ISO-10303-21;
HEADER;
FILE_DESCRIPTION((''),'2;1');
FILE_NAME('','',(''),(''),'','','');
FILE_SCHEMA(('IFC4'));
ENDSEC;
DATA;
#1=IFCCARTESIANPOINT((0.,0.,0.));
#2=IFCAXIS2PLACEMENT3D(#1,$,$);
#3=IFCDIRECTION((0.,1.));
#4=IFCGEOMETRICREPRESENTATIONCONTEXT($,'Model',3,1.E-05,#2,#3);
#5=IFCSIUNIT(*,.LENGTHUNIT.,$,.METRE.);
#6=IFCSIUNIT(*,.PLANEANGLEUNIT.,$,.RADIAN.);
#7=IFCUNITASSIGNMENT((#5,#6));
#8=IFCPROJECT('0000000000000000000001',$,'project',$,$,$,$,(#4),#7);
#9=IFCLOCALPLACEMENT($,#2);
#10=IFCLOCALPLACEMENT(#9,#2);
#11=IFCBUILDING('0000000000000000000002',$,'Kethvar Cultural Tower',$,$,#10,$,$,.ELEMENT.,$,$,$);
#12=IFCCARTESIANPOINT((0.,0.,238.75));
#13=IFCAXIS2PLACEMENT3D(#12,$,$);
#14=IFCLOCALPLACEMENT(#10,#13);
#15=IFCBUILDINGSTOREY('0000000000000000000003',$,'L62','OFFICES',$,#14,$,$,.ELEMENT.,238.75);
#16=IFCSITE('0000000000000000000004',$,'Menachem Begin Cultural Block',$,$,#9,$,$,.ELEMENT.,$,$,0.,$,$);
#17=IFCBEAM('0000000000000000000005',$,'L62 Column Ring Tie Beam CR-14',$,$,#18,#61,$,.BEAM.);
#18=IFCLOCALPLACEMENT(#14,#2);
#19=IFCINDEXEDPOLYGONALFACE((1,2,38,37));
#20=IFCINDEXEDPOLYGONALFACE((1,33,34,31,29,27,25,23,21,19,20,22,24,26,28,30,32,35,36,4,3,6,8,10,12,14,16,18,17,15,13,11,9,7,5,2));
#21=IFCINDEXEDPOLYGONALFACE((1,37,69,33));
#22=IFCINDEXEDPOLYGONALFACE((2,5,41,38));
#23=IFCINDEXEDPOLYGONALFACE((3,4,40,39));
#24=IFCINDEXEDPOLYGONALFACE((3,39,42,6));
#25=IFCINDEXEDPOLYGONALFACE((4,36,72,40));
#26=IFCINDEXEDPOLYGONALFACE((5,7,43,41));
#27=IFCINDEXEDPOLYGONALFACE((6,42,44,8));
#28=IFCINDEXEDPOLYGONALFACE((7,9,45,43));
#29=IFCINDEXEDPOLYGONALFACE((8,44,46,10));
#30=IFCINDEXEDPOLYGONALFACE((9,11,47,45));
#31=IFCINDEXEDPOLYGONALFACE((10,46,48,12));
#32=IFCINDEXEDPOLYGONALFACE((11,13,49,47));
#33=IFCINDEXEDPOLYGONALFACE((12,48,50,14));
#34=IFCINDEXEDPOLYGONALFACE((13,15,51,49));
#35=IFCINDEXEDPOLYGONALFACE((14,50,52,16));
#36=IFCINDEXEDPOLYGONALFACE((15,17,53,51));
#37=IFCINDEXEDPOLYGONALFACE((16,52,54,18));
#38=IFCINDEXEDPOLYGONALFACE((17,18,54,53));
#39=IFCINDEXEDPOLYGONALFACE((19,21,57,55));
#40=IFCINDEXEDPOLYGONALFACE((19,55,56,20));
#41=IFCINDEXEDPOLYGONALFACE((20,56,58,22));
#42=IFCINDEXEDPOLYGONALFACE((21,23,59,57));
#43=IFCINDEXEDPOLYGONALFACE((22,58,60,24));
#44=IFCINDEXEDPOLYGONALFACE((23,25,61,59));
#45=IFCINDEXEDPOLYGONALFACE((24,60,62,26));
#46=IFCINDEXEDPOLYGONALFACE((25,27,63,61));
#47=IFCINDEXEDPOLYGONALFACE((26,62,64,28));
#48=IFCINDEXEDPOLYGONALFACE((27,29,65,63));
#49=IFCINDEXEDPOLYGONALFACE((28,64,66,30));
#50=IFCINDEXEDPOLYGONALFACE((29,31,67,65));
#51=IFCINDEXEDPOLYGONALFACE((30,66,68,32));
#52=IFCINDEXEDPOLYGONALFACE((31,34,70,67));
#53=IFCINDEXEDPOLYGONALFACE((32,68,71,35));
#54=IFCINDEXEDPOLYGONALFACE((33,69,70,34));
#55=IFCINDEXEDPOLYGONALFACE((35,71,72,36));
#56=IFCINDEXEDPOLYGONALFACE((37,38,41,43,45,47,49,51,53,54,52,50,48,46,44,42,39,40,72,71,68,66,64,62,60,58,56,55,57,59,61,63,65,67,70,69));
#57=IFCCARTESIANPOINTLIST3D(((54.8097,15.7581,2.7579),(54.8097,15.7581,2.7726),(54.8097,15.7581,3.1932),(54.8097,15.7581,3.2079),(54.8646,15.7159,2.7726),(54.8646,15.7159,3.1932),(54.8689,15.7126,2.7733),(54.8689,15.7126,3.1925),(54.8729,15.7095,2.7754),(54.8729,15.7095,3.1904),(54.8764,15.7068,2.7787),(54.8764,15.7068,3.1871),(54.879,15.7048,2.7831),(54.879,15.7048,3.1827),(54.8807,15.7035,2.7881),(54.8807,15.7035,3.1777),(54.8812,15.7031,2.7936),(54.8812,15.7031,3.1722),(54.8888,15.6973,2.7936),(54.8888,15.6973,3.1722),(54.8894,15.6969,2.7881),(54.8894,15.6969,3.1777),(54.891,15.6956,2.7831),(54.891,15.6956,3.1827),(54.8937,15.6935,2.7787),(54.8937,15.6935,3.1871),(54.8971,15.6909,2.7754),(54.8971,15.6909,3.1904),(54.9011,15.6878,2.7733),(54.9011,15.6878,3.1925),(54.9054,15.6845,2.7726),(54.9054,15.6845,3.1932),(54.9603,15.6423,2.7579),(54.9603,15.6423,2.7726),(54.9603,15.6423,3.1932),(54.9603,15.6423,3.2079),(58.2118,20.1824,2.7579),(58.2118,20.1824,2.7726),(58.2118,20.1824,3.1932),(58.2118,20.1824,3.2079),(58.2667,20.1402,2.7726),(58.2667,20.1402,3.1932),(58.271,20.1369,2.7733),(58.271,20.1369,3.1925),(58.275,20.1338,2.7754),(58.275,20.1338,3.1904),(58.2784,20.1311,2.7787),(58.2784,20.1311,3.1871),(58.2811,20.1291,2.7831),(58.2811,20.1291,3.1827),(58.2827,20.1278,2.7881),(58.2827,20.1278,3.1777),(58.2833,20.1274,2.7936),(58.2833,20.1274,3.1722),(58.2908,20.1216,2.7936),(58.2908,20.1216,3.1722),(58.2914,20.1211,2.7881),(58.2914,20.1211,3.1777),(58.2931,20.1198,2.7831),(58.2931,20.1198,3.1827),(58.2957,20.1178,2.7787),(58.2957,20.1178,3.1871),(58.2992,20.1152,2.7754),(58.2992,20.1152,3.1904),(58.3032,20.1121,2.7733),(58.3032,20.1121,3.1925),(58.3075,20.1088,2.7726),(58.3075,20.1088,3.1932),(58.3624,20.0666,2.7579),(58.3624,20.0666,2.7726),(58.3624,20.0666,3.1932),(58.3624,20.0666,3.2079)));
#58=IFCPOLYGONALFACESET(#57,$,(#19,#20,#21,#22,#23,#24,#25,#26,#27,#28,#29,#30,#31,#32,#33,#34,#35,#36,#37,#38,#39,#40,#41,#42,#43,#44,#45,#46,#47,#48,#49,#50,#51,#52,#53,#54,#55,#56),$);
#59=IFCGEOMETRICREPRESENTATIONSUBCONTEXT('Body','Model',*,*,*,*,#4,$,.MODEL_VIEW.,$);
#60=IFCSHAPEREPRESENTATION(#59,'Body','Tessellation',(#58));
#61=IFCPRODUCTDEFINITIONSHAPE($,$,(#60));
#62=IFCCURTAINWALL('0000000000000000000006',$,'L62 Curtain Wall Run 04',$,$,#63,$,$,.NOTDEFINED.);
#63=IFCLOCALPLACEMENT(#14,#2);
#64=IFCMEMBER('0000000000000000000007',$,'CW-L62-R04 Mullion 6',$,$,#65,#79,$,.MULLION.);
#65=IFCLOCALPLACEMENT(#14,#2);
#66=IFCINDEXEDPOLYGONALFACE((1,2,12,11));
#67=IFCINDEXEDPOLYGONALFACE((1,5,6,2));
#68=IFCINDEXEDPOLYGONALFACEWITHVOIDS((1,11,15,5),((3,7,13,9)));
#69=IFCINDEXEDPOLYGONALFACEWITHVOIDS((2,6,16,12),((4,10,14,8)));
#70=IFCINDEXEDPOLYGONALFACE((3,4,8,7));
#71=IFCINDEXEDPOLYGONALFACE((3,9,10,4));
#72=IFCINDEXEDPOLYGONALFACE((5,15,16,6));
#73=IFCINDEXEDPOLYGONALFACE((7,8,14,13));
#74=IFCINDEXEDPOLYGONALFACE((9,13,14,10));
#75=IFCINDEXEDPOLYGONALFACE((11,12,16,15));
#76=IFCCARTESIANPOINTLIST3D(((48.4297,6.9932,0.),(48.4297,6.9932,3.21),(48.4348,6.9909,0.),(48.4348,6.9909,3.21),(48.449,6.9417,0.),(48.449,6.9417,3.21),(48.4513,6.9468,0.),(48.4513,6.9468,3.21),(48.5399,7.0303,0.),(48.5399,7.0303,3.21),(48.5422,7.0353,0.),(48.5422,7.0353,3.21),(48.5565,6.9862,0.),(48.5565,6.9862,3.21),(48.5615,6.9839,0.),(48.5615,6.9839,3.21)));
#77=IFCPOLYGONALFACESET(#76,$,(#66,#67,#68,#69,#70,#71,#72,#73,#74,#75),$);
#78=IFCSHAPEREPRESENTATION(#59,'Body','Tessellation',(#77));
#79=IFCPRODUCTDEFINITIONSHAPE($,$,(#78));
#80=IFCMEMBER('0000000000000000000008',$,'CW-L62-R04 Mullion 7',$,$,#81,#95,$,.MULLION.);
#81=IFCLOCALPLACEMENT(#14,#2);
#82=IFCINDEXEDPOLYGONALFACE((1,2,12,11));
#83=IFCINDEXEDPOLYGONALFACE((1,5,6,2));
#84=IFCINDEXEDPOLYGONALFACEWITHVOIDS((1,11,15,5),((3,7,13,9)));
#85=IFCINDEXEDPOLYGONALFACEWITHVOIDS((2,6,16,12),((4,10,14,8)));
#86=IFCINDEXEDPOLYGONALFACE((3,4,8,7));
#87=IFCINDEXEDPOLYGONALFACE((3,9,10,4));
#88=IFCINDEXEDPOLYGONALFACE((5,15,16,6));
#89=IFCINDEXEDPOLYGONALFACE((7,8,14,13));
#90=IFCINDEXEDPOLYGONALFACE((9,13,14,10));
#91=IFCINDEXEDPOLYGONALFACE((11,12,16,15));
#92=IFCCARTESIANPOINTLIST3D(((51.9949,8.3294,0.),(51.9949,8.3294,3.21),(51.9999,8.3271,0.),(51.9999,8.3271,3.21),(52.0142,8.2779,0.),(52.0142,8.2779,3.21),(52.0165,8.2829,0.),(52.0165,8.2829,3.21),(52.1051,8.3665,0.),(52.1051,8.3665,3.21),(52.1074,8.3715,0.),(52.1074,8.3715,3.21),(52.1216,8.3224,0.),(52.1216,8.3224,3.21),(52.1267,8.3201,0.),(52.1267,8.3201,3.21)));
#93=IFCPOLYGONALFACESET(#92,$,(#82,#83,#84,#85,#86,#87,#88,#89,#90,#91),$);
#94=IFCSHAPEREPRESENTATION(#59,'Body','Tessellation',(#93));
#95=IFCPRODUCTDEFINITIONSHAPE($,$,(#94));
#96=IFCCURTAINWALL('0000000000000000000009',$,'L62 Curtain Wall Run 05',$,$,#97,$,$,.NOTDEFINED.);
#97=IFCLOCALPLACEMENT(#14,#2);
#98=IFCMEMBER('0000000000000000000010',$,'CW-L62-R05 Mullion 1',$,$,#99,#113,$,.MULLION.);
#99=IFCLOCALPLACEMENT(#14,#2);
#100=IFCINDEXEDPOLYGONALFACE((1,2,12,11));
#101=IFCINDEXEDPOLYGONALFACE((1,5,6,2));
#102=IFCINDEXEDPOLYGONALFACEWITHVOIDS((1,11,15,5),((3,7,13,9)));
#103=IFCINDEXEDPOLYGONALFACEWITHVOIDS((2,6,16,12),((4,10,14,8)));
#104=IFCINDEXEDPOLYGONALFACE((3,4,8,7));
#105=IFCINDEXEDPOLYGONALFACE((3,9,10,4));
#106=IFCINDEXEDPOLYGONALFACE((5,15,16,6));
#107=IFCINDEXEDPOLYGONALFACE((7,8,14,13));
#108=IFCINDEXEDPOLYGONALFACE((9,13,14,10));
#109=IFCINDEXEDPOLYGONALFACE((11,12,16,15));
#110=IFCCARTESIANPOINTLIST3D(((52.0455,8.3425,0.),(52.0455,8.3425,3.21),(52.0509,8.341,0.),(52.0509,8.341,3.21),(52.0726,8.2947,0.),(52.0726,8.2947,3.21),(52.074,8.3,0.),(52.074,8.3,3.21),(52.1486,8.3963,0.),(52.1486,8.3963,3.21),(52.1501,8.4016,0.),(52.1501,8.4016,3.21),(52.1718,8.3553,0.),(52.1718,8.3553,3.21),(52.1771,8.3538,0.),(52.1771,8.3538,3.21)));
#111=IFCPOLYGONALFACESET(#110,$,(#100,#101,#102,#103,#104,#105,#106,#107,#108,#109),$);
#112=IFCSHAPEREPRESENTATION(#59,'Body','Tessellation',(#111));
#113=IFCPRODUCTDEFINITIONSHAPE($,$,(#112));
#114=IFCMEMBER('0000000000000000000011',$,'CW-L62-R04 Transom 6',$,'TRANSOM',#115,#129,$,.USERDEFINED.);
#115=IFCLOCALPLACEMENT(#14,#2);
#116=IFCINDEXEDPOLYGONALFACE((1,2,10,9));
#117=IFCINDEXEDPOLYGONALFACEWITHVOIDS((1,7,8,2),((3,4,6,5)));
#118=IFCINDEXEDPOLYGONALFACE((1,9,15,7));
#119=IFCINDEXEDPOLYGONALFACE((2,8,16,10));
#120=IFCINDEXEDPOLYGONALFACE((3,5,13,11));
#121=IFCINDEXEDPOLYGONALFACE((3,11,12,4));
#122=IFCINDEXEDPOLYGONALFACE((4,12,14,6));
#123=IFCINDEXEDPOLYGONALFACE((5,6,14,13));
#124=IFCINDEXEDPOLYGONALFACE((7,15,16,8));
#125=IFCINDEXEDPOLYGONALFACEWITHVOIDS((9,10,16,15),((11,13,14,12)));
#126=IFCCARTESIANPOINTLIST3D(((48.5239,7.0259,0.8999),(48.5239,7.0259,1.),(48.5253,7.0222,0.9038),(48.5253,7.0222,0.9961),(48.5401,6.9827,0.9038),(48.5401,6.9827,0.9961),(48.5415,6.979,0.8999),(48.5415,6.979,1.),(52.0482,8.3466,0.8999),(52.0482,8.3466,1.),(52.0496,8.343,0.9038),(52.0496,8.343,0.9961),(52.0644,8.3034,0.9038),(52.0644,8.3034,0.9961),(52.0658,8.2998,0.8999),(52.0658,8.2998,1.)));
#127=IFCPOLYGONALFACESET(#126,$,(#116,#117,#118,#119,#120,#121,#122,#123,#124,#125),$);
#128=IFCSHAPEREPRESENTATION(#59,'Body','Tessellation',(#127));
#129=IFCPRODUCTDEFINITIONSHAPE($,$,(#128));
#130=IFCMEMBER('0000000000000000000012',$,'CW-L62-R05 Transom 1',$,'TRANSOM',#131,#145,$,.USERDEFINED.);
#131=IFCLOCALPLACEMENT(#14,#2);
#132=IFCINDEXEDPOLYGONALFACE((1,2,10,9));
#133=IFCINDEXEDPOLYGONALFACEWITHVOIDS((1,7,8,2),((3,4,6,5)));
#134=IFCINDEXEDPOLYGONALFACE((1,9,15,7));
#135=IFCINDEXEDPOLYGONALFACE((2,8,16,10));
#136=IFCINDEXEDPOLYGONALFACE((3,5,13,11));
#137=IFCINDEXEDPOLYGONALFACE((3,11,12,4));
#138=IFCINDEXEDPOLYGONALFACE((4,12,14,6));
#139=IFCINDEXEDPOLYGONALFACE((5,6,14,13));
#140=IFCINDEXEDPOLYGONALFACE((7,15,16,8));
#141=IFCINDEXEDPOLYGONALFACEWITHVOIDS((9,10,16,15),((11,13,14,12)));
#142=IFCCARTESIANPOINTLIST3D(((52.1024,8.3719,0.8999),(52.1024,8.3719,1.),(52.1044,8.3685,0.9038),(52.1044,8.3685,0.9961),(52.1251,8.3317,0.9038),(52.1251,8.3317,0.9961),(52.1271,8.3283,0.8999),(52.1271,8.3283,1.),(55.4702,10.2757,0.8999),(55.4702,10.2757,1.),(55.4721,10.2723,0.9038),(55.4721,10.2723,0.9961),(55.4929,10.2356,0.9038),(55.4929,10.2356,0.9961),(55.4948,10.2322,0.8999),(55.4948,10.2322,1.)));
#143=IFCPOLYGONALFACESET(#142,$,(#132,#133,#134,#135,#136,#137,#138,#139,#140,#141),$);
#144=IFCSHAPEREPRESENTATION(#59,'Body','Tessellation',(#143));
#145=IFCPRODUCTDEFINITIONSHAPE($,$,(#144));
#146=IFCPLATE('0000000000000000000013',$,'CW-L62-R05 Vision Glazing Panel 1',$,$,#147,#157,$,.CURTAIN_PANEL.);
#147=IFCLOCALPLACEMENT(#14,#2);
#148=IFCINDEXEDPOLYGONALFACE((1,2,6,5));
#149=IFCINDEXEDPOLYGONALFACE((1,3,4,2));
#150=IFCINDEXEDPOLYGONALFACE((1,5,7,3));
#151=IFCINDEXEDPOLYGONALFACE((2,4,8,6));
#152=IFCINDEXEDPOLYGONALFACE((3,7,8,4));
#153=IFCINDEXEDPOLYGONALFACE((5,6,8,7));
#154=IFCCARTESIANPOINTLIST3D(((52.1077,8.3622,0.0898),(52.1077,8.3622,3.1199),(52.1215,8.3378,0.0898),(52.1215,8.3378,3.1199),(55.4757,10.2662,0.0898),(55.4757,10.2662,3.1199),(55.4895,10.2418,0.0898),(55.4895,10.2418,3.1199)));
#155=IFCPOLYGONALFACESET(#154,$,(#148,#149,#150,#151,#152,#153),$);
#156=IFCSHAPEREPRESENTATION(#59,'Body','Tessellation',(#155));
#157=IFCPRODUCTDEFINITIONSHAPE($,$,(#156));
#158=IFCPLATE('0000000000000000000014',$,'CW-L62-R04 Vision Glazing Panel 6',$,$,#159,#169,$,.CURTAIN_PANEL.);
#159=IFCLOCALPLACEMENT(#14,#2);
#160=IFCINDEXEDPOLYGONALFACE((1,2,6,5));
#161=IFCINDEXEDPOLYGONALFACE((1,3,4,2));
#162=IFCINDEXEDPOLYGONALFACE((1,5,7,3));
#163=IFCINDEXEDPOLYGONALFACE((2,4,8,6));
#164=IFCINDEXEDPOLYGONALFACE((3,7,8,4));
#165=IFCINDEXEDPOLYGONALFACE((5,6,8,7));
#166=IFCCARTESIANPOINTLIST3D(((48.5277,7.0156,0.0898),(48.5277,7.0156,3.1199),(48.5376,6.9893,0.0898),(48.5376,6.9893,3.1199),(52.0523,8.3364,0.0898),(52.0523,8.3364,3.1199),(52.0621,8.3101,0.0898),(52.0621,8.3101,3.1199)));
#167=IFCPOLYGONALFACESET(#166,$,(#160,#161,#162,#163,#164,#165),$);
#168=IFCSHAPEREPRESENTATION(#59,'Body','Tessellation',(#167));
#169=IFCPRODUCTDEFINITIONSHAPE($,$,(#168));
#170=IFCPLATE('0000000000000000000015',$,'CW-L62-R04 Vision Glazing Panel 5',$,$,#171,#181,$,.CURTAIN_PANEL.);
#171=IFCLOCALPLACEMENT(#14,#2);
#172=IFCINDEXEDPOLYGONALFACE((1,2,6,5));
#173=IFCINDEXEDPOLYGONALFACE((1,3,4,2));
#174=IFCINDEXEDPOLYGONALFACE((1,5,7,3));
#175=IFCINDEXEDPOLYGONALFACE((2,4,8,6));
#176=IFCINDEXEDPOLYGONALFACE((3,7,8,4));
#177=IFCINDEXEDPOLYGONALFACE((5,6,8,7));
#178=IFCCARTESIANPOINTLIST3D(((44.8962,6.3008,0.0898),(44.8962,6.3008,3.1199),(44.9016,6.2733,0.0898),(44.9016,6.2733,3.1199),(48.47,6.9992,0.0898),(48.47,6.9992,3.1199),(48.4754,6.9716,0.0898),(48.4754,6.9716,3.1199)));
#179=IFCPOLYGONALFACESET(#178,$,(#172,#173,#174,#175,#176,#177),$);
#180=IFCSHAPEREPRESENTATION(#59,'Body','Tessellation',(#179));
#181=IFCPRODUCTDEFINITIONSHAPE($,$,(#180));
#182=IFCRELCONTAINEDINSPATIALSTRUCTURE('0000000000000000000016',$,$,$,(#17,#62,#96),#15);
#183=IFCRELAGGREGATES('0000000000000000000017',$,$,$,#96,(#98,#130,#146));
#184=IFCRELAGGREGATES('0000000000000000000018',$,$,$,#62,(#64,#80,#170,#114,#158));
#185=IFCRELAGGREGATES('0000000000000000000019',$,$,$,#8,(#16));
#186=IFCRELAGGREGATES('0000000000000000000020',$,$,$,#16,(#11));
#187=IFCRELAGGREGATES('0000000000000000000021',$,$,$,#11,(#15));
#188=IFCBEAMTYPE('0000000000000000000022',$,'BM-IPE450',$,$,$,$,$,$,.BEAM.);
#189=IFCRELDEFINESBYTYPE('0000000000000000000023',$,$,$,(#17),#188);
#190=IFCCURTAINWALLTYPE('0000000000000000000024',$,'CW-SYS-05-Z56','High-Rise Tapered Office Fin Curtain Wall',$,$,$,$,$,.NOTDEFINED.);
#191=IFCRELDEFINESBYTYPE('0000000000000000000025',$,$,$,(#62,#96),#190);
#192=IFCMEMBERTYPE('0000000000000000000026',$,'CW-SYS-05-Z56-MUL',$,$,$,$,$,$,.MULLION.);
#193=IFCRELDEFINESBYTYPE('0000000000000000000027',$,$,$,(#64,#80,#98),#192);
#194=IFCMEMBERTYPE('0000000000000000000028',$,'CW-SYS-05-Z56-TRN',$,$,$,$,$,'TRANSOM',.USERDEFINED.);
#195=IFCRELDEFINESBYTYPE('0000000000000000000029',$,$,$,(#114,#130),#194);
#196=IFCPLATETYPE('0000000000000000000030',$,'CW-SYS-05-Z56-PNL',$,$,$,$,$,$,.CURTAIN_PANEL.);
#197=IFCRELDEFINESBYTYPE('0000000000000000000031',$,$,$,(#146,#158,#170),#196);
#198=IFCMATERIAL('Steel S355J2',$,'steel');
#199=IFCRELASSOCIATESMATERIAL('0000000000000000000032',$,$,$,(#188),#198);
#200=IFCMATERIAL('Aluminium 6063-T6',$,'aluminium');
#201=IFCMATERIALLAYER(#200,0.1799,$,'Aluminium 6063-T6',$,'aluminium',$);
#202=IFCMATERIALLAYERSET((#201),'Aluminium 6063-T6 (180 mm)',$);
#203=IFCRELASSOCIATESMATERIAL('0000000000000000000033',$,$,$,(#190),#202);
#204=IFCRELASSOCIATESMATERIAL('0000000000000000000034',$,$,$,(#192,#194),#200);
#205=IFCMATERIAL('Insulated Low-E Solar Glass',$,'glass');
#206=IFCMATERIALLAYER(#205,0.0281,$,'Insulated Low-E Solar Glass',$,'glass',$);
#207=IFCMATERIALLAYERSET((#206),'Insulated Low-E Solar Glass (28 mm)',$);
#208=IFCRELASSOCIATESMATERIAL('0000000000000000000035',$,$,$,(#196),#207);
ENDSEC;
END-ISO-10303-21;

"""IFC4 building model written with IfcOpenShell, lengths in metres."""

from ifc_helpers import new_model, si_unit, direction, frame, origin, origin_2d, place, context, subcontext, project, spatial, rectangle, hollow_rectangle, i_section, extrude, source, transform, mapped, material, layer, layer_set, material_profile, profile_set, type_object, element, aggregate, save


model = new_model("IFC4")

# Units and contexts
model_context = context("Model", 3, precision=1e-05, world=origin(), true_north=direction((0.0, 1.0)))
body_context = subcontext(model_context, "Body", "Model", "MODEL_VIEW")
ifc_project = project(units=[si_unit("LENGTHUNIT", "METRE"), si_unit("PLANEANGLEUNIT", "RADIAN")], contexts=[model_context])

# Site, building, storey
site_placement = place(None, origin())
site = spatial("IfcSite", under=ifc_project, at=site_placement, Name="Menachem Begin Cultural Block", CompositionType="ELEMENT", RefElevation=0.0)
building_placement = place(site_placement, origin())
building = spatial("IfcBuilding", under=site, at=building_placement, Name="Kethvar Cultural Tower", CompositionType="ELEMENT")
storey_placement = place(building_placement, frame((0.0, 0.0, 238.75)))
storey = spatial("IfcBuildingStorey", under=building, at=storey_placement, Name="L62", Description="OFFICES", CompositionType="ELEMENT", Elevation=238.75)

# Beam
ifc_material_1 = material(Name="Steel S355J2", Category="steel")
ifc_material_profile_1 = material_profile(ifc_material_1, i_section(OverallWidth=0.1899, OverallDepth=0.45, WebThickness=0.0095, FlangeThickness=0.0146, FilletRadius=0.021, at=origin_2d()), Name="Steel S355J2 — IPE450")
ifc_profile_set_1 = profile_set([ifc_material_profile_1], Name="Steel S355J2 — IPE450")
beam_type_1 = type_object("IfcBeamType", Name="BM-IPE450", PredefinedType="BEAM", material=ifc_profile_set_1)
shared_shape_1 = source(origin(), body_context, "Body", "SweptSolid", [
    extrude(i_section(OverallWidth=0.1899, OverallDepth=0.45, WebThickness=0.0095, FlangeThickness=0.0146, FilletRadius=0.021, at=origin_2d()), origin(), (0.0, 0.0, 1.0), 5.5811),
])
beam_1_placement = place(storey_placement, frame((54.885, 15.7002, 2.9829), z_axis=(0.609573, 0.79273, 0.0), x_axis=(-0.79273, 0.609573, 0.0)))
element("IfcBeam", 1, at=beam_1_placement, inside=storey, type_object=beam_type_1, Name="L62 Column Ring Tie Beam CR-14", PredefinedType="BEAM", context=body_context, shape_type="MappedRepresentation", body=[
    mapped(shared_shape_1, transform((0.0, 0.0, 0.0), scale=1.0)),
])

# Curtain wall, members
ifc_material_2 = material(Name="Aluminium 6063-T6", Category="aluminium")
ifc_layer_1 = layer(ifc_material_2, 0.1799, Name="Aluminium 6063-T6", Category="aluminium")
ifc_layer_set_1 = layer_set([ifc_layer_1], Name="Aluminium 6063-T6 (180 mm)")
curtain_wall_type = type_object("IfcCurtainWallType", Name="CW-SYS-05-Z56", Description="High-Rise Tapered Office Fin Curtain Wall", PredefinedType="NOTDEFINED", material=ifc_layer_set_1)
curtain_wall_1_placement = place(storey_placement, origin())
curtain_wall_1 = element("IfcCurtainWall", 2, at=curtain_wall_1_placement, inside=storey, type_object=curtain_wall_type, Name="L62 Curtain Wall Run 04", PredefinedType="NOTDEFINED")
ifc_material_profile_2 = material_profile(ifc_material_2, hollow_rectangle(XDim=0.0549, YDim=0.1201, WallThickness=0.0039, at=origin_2d()), Name="Aluminium 6063-T6 — RHS120x55x4")
ifc_profile_set_2 = profile_set([ifc_material_profile_2], Name="Aluminium 6063-T6 — RHS120x55x4")
member_type_1 = type_object("IfcMemberType", Name="CW-SYS-05-Z56-MUL", PredefinedType="MULLION", material=ifc_profile_set_2)
shared_shape_2 = source(origin(), body_context, "Body", "SweptSolid", [
    extrude(hollow_rectangle(XDim=0.0549, YDim=0.1201, WallThickness=0.0039, at=origin_2d()), origin(), (0.0, 0.0, 1.0), 3.21),
])
member_1_placement = place(storey_placement, frame((48.4956, 6.9885, 0.0), z_axis=(0.0, 0.0, 1.0), x_axis=(-0.35091, 0.936409, 0.0)))
member_1 = element("IfcMember", 3, at=member_1_placement, type_object=member_type_1, Name="CW-L62-R04 Mullion 6", PredefinedType="MULLION", context=body_context, shape_type="MappedRepresentation", body=[
    mapped(shared_shape_2, transform((0.0, 0.0, 0.0), scale=1.0)),
])
member_2_placement = place(storey_placement, frame((52.0608, 8.3247, 0.0), z_axis=(0.0, 0.0, 1.0), x_axis=(-0.35091, 0.936409, 0.0)))
member_2 = element("IfcMember", 4, at=member_2_placement, type_object=member_type_1, Name="CW-L62-R04 Mullion 7", PredefinedType="MULLION", context=body_context, shape_type="MappedRepresentation", body=[
    mapped(shared_shape_2, transform((0.0, 0.0, 0.0), scale=1.0)),
])

# Curtain wall, member
curtain_wall_2_placement = place(storey_placement, origin())
curtain_wall_2 = element("IfcCurtainWall", 5, at=curtain_wall_2_placement, inside=storey, type_object=curtain_wall_type, Name="L62 Curtain Wall Run 05", PredefinedType="NOTDEFINED")
member_3_placement = place(storey_placement, frame((52.1113, 8.3481, 0.0), z_axis=(0.0, 0.0, 1.0), x_axis=(-0.49212, 0.870528, 0.0)))
member_3 = element("IfcMember", 6, at=member_3_placement, type_object=member_type_1, Name="CW-L62-R05 Mullion 1", PredefinedType="MULLION", context=body_context, shape_type="MappedRepresentation", body=[
    mapped(shared_shape_2, transform((0.0, 0.0, 0.0), scale=1.0)),
])

# Members
ifc_material_profile_3 = material_profile(ifc_material_2, hollow_rectangle(XDim=0.05, YDim=0.1001, WallThickness=0.0039, at=origin_2d()), Name="Aluminium 6063-T6 — RHS100x50x4")
ifc_profile_set_3 = profile_set([ifc_material_profile_3], Name="Aluminium 6063-T6 — RHS100x50x4")
member_type_2 = type_object("IfcMemberType", Name="CW-SYS-05-Z56-TRN", ElementType="TRANSOM", PredefinedType="USERDEFINED", material=ifc_profile_set_3)
shared_shape_3 = source(origin(), body_context, "Body", "SweptSolid", [
    extrude(hollow_rectangle(XDim=0.05, YDim=0.1001, WallThickness=0.0039, at=origin_2d()), origin(), (0.0, 0.0, 1.0), 3.7637),
])
member_4_placement = place(storey_placement, frame((48.5327, 7.0024, 0.95), z_axis=(0.936404, 0.350924, 0.0), x_axis=(-0.350924, 0.936404, 0.0)))
member_4 = element("IfcMember", 7, at=member_4_placement, type_object=member_type_2, Name="CW-L62-R04 Transom 6", ObjectType="TRANSOM", PredefinedType="USERDEFINED", context=body_context, shape_type="MappedRepresentation", body=[
    mapped(shared_shape_3, transform((0.0, 0.0, 0.0), scale=1.0)),
])
shared_shape_4 = source(origin(), body_context, "Body", "SweptSolid", [
    extrude(hollow_rectangle(XDim=0.05, YDim=0.1001, WallThickness=0.0039, at=origin_2d()), origin(), (0.0, 0.0, 1.0), 3.8687),
])
member_5_placement = place(storey_placement, frame((52.1147, 8.3501, 0.95), z_axis=(0.870525, 0.492124, 0.0), x_axis=(-0.492124, 0.870525, 0.0)))
member_5 = element("IfcMember", 8, at=member_5_placement, type_object=member_type_2, Name="CW-L62-R05 Transom 1", ObjectType="TRANSOM", PredefinedType="USERDEFINED", context=body_context, shape_type="MappedRepresentation", body=[
    mapped(shared_shape_4, transform((0.0, 0.0, 0.0), scale=1.0)),
])

# Plates
ifc_material_3 = material(Name="Insulated Low-E Solar Glass", Category="glass")
ifc_layer_2 = layer(ifc_material_3, 0.0281, Name="Insulated Low-E Solar Glass", Category="glass")
ifc_layer_set_2 = layer_set([ifc_layer_2], Name="Insulated Low-E Solar Glass (28 mm)")
plate_type = type_object("IfcPlateType", Name="CW-SYS-05-Z56-PNL", PredefinedType="CURTAIN_PANEL", material=ifc_layer_set_2)
shared_shape_5 = source(origin(), body_context, "Body", "SweptSolid", [
    extrude(rectangle(XDim=3.8689, YDim=0.0281, at=origin_2d()), origin(), (0.0, 0.0, 1.0), 3.03),
])
plate_1_placement = place(storey_placement, frame((53.7986, 9.302, 0.0898), z_axis=(0.0, 0.0, 1.0), x_axis=(0.870528, 0.49212, 0.0)))
plate_1 = element("IfcPlate", 9, at=plate_1_placement, type_object=plate_type, Name="CW-L62-R05 Vision Glazing Panel 1", PredefinedType="CURTAIN_PANEL", context=body_context, shape_type="MappedRepresentation", body=[
    mapped(shared_shape_5, transform((0.0, 0.0, 0.0), scale=1.0)),
])
aggregate(curtain_wall_2, [member_3, member_5, plate_1])
shared_shape_6 = source(origin(), body_context, "Body", "SweptSolid", [
    extrude(rectangle(XDim=3.7639, YDim=0.0281, at=origin_2d()), origin(), (0.0, 0.0, 1.0), 3.03),
])
plate_2_placement = place(storey_placement, frame((50.2949, 7.6628, 0.0898), z_axis=(0.0, 0.0, 1.0), x_axis=(0.936409, 0.35091, 0.0)))
plate_2 = element("IfcPlate", 10, at=plate_2_placement, type_object=plate_type, Name="CW-L62-R04 Vision Glazing Panel 6", PredefinedType="CURTAIN_PANEL", context=body_context, shape_type="MappedRepresentation", body=[
    mapped(shared_shape_6, transform((0.0, 0.0, 0.0), scale=1.0)),
])
shared_shape_7 = source(origin(), body_context, "Body", "SweptSolid", [
    extrude(rectangle(XDim=3.6414, YDim=0.0281, at=origin_2d()), origin(), (0.0, 0.0, 1.0), 3.03),
])
plate_3_placement = place(storey_placement, frame((46.6858, 6.6362, 0.0898), z_axis=(0.0, 0.0, 1.0), x_axis=(0.981437, 0.191785, 0.0)))
plate_3 = element("IfcPlate", 11, at=plate_3_placement, type_object=plate_type, Name="CW-L62-R04 Vision Glazing Panel 5", PredefinedType="CURTAIN_PANEL", context=body_context, shape_type="MappedRepresentation", body=[
    mapped(shared_shape_7, transform((0.0, 0.0, 0.0), scale=1.0)),
])
aggregate(curtain_wall_1, [member_1, member_2, plate_3, member_4, plate_2])

save(model, "model.ifc")
